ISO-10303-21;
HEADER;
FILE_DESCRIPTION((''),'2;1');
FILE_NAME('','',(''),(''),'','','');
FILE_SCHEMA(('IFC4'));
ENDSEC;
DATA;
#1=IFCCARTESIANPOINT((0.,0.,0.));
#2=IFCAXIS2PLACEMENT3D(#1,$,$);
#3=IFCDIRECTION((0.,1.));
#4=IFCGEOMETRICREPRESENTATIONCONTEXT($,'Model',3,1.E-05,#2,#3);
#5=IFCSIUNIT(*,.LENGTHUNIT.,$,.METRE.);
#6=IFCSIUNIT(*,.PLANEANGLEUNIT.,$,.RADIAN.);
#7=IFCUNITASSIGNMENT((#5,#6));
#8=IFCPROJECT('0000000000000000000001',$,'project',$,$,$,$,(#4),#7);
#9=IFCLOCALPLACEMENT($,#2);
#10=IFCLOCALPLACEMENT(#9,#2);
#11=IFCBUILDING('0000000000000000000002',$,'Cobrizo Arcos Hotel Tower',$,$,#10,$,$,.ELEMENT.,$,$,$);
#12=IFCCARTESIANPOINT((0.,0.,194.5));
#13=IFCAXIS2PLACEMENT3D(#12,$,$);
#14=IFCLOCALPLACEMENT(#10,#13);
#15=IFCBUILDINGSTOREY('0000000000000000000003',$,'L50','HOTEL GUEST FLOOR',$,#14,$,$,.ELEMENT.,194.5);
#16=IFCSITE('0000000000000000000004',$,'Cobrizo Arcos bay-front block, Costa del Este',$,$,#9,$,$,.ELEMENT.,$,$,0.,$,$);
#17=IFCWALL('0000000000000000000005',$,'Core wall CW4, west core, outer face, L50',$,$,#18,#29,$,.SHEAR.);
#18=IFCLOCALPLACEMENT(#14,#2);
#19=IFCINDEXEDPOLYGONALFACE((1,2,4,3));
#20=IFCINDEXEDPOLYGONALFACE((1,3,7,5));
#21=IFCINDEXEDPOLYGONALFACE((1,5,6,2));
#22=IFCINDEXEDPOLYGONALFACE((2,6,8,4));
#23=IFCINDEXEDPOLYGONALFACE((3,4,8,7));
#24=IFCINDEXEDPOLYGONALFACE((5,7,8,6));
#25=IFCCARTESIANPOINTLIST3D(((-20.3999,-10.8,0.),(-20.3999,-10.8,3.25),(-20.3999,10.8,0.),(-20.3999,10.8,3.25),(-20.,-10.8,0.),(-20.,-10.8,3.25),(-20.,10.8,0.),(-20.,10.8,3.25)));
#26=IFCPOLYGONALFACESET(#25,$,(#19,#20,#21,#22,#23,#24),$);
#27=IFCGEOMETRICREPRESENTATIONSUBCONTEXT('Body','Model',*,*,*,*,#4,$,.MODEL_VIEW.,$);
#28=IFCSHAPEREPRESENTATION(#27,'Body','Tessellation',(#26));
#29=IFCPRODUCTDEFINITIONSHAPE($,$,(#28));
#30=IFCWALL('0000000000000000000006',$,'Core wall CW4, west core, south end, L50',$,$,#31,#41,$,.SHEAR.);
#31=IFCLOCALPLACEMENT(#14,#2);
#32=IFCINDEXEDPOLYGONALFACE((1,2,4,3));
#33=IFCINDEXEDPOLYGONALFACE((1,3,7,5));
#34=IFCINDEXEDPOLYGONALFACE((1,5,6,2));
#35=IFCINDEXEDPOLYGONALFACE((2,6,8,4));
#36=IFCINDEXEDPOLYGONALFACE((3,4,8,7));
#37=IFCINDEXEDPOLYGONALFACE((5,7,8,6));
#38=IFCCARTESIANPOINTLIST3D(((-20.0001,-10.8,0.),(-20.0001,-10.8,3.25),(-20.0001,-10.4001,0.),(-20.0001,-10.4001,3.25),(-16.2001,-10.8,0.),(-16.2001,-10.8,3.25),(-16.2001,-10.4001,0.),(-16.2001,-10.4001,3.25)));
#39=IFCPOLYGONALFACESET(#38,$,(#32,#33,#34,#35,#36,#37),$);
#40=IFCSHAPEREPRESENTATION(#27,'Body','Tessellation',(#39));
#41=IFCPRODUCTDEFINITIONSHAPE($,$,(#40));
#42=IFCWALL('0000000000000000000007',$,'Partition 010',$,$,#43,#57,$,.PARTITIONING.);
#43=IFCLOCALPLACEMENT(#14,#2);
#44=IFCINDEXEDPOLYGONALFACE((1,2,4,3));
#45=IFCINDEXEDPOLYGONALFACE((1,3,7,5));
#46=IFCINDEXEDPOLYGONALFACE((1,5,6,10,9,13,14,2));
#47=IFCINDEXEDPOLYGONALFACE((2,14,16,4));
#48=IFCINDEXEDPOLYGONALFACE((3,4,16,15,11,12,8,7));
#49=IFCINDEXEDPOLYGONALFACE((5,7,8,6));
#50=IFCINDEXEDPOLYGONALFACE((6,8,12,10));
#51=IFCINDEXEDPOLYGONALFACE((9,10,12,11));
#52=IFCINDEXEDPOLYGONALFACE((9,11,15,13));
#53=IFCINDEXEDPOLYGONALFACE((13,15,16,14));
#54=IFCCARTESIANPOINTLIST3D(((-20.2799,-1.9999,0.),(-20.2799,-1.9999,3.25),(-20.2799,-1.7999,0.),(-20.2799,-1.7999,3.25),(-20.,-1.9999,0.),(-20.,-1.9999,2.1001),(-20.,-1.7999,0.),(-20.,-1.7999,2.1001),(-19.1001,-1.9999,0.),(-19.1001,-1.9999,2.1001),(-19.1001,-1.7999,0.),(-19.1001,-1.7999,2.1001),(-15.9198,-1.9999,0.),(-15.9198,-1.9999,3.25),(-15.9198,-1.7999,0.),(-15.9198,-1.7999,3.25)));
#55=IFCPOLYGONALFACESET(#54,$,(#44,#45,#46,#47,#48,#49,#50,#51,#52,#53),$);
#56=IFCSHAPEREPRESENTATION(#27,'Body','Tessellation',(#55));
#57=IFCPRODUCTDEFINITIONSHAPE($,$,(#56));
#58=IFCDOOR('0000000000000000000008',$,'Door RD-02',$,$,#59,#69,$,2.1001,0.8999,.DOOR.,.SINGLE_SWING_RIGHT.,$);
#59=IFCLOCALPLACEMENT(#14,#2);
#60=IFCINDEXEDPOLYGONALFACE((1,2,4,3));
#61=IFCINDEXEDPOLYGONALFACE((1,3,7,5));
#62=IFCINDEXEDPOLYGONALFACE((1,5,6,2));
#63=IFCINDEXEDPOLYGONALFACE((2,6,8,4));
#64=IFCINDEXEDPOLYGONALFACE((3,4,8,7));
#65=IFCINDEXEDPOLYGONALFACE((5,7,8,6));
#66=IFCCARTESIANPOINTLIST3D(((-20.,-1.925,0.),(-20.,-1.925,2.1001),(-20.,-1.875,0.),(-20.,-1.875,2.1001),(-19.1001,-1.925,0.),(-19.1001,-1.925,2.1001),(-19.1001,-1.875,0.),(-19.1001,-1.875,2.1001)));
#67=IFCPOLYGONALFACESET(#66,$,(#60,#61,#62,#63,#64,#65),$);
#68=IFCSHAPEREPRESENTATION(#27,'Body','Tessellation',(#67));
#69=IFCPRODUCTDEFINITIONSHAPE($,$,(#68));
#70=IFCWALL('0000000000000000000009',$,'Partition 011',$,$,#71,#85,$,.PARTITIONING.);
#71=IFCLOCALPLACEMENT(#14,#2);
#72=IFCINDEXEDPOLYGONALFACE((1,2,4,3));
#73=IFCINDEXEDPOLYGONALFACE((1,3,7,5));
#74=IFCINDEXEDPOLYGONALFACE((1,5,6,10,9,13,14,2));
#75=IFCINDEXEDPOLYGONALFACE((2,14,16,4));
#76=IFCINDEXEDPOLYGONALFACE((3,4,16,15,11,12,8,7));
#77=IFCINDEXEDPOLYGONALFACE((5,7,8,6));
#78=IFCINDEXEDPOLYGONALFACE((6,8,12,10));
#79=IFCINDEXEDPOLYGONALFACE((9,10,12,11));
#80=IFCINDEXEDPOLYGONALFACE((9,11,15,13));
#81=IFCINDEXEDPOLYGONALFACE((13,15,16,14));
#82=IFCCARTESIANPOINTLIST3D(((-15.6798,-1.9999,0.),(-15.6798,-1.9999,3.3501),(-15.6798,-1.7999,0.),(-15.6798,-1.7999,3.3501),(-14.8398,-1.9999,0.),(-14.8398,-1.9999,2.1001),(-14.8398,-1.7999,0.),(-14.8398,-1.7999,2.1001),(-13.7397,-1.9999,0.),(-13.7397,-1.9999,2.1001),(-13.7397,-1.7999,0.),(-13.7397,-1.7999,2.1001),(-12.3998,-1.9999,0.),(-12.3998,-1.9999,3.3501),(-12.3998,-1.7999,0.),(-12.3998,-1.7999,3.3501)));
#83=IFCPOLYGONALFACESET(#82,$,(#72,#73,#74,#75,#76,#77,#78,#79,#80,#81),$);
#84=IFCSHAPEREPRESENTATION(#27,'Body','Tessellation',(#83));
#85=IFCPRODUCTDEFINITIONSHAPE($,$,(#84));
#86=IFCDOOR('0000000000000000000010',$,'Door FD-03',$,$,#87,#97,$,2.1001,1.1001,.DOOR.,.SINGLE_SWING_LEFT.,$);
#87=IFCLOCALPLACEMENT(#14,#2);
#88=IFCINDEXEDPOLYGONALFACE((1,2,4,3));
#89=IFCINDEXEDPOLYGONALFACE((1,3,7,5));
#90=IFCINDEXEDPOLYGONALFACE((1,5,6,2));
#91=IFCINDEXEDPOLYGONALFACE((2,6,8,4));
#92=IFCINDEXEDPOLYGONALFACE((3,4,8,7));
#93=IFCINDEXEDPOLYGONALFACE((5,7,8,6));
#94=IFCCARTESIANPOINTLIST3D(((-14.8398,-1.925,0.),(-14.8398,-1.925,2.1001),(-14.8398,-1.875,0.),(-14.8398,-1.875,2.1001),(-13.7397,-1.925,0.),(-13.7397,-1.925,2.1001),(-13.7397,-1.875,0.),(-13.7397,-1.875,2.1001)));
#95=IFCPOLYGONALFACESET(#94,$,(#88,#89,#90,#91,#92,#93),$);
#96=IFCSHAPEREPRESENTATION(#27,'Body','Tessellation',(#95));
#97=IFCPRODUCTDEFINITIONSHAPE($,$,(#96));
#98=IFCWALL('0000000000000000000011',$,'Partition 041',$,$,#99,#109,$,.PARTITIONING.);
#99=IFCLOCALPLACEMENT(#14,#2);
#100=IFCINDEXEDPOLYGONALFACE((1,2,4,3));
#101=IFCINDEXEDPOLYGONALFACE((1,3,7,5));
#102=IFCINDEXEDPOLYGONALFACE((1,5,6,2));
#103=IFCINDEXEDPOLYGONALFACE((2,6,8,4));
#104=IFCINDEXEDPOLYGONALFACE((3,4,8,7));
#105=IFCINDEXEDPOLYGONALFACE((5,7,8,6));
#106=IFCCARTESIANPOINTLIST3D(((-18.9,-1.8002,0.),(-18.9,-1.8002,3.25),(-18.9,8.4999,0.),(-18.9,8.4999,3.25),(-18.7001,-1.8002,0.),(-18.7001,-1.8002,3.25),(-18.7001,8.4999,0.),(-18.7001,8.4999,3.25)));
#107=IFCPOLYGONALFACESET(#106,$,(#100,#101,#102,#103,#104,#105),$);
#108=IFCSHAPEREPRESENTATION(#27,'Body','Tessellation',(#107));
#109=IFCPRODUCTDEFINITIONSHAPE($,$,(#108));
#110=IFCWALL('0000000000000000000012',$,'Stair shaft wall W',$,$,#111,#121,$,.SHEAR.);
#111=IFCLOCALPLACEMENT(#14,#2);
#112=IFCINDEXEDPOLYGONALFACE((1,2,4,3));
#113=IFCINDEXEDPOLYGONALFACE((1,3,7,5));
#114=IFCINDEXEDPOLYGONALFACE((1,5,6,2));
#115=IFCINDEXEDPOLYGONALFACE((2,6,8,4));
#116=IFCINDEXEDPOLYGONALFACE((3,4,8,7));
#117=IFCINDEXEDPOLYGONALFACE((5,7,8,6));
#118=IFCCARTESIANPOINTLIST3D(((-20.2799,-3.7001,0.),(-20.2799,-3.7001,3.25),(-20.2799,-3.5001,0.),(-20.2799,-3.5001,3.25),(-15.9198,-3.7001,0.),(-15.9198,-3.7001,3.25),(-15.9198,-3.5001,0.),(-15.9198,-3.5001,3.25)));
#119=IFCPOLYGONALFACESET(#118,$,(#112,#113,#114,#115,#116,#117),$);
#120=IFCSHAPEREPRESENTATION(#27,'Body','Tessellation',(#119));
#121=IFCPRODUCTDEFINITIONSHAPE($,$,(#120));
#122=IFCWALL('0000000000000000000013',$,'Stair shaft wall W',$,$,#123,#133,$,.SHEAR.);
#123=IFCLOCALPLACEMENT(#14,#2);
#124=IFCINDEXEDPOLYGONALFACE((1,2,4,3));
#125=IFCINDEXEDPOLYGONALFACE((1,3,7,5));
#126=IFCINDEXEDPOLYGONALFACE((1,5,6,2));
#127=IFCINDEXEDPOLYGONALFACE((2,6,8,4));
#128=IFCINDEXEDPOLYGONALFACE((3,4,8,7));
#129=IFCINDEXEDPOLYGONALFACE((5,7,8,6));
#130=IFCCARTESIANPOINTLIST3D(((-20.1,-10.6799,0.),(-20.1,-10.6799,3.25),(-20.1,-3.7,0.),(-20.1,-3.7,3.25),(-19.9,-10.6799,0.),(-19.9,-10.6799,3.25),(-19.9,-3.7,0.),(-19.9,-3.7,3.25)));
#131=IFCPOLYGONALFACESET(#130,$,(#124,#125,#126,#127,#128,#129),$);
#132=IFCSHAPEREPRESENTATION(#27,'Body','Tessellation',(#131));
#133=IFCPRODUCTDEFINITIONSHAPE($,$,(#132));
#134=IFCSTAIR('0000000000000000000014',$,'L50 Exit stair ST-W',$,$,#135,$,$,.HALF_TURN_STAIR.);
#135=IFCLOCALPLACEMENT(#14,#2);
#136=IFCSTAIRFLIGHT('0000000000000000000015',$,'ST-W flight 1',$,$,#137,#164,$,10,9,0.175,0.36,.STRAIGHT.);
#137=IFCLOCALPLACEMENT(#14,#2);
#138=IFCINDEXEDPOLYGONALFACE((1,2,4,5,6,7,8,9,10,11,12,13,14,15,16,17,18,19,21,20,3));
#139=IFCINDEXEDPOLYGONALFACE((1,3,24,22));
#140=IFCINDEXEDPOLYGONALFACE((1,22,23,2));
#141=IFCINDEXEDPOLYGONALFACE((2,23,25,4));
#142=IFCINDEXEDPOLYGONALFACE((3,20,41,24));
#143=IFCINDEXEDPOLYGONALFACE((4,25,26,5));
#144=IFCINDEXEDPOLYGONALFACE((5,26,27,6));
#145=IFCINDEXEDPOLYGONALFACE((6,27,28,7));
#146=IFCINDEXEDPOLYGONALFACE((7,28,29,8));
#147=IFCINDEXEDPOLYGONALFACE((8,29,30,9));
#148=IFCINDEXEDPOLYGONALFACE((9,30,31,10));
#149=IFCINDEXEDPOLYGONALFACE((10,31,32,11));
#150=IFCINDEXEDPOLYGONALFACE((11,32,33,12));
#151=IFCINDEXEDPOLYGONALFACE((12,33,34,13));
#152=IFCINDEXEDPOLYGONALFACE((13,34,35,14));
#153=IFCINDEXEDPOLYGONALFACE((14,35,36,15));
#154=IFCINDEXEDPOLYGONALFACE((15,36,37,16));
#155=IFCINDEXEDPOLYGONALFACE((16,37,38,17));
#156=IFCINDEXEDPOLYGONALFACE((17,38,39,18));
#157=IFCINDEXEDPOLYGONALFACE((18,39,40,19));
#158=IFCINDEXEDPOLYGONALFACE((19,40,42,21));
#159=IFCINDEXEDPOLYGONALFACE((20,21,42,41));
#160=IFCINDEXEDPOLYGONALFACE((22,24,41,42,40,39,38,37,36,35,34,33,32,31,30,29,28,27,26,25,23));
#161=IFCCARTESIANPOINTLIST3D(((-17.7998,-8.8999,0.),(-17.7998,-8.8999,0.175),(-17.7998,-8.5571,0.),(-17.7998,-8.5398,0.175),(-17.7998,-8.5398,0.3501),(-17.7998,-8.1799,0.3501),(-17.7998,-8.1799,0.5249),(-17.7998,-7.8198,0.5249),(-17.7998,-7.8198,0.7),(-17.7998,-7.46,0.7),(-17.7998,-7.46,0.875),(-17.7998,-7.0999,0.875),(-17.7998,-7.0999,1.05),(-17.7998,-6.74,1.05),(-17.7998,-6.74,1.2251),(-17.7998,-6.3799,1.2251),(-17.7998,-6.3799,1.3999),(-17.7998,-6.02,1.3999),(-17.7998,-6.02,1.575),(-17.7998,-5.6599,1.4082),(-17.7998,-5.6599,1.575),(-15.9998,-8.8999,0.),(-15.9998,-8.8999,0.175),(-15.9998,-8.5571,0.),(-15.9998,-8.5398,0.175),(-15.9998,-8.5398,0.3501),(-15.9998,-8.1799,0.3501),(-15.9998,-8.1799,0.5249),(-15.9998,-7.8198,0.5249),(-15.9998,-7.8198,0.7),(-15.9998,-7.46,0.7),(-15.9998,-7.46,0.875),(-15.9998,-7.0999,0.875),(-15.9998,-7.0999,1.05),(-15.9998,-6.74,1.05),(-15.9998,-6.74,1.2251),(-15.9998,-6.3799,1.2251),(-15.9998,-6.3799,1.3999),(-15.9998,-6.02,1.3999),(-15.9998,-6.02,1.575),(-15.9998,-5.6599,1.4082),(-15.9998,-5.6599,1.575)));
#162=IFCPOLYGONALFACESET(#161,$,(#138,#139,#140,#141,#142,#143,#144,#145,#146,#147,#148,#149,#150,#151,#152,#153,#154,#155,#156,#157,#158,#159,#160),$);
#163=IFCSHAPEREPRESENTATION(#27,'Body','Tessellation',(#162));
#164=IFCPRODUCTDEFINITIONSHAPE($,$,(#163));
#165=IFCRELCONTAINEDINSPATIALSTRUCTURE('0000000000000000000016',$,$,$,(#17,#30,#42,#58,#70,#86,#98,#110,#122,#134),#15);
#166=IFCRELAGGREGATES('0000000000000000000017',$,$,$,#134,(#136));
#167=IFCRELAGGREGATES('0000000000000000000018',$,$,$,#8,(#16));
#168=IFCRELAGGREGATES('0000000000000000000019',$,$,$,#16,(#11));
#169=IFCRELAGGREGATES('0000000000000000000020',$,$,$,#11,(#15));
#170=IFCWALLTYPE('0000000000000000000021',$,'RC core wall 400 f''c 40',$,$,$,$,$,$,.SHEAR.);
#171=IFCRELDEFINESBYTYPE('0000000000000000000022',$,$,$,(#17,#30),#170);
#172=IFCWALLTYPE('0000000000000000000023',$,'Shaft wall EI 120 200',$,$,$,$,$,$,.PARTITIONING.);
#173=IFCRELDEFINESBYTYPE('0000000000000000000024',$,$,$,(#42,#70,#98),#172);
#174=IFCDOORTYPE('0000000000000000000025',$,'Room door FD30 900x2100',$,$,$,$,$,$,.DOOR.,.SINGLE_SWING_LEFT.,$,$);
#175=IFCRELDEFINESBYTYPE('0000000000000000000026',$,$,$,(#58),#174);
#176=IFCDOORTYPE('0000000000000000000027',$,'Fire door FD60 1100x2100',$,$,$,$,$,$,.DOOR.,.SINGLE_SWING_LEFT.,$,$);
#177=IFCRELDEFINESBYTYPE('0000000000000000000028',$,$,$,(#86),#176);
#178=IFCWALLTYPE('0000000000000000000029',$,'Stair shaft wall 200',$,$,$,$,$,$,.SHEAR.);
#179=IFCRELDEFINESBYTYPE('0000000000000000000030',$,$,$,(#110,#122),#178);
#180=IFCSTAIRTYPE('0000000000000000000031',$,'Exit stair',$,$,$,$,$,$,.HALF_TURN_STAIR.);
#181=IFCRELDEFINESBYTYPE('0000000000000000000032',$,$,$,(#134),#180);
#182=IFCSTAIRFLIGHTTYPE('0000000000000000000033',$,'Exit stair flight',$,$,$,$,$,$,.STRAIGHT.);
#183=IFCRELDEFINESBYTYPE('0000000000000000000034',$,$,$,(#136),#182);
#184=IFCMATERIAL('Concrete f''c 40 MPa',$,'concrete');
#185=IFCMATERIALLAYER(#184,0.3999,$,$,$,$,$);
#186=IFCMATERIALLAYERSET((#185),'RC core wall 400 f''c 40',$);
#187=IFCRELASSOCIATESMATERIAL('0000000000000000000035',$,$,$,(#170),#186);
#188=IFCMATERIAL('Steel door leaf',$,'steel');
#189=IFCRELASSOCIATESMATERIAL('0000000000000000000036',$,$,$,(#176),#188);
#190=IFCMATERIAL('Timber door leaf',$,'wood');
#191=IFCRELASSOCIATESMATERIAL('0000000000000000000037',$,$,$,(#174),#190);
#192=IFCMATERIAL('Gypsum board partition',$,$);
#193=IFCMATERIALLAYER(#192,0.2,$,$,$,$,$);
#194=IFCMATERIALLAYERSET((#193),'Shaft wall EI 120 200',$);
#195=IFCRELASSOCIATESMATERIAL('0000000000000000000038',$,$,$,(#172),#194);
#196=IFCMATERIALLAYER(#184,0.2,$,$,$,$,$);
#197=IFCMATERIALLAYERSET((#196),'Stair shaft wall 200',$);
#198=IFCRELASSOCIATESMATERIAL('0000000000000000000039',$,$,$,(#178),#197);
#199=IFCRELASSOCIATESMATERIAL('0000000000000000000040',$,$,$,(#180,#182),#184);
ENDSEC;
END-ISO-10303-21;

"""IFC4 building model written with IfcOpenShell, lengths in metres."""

from ifc_helpers import new_model, si_unit, direction, frame, frame_2d, origin, place, context, subcontext, project, spatial, polyline, rectangle, outline, extrude, material, layer, layer_set, type_object, element, fill, aggregate, save


model = new_model("IFC4")

# Units and contexts
model_context = context("Model", 3, precision=1e-05, world=origin(), true_north=direction((0.0, 1.0)))
body_context = subcontext(model_context, "Body", "Model", "MODEL_VIEW")
ifc_project = project(units=[si_unit("LENGTHUNIT", "METRE"), si_unit("PLANEANGLEUNIT", "RADIAN")], contexts=[model_context])

# Site, building, storey
site_placement = place(None, origin())
site = spatial("IfcSite", under=ifc_project, at=site_placement, Name="Cobrizo Arcos bay-front block, Costa del Este", CompositionType="ELEMENT", RefElevation=0.0)
building_placement = place(site_placement, origin())
building = spatial("IfcBuilding", under=site, at=building_placement, Name="Cobrizo Arcos Hotel Tower", CompositionType="ELEMENT")
storey_placement = place(building_placement, frame((0.0, 0.0, 194.5)))
storey = spatial("IfcBuildingStorey", under=building, at=storey_placement, Name="L50", Description="HOTEL GUEST FLOOR", CompositionType="ELEMENT", Elevation=194.5)

# Shared definitions
ifc_material_1 = material(Name="Concrete f'c 40 MPa", Category="concrete")
ifc_layer_1 = layer(ifc_material_1, 0.3999)
ifc_layer_set_1 = layer_set([ifc_layer_1], Name="RC core wall 400 f'c 40")
wall_type_1 = type_object("IfcWallType", Name="RC core wall 400 f'c 40", PredefinedType="SHEAR", material=ifc_layer_set_1)
ifc_material_2 = material(Name="Steel door leaf", Category="steel")
door_type_1 = type_object("IfcDoorType", Name="Fire door FD60 1100x2100", OperationType="SINGLE_SWING_LEFT", PredefinedType="DOOR", material=ifc_material_2)
ifc_material_3 = material(Name="Timber door leaf", Category="wood")
door_type_2 = type_object("IfcDoorType", Name="Room door FD30 900x2100", OperationType="SINGLE_SWING_LEFT", PredefinedType="DOOR", material=ifc_material_3)

# Walls
wall_1_placement = place(storey_placement, frame((-20.2, -10.8, 0.0), z_axis=(0.0, 0.0, 1.0), x_axis=(0.0, 1.0, 0.0)))
element("IfcWall", 1, at=wall_1_placement, inside=storey, type_object=wall_type_1, Name="Core wall CW4, west core, outer face, L50", PredefinedType="SHEAR", context=body_context, shape_type="SweptSolid", body=[
    extrude(rectangle(XDim=21.6001, YDim=0.3999, at=frame_2d((10.8, 0.0))), origin(), (0.0, 0.0, 1.0), 3.25),
])
wall_2_placement = place(storey_placement, frame((-20.0, -10.6001, 0.0), z_axis=(0.0, 0.0, 1.0), x_axis=(1.0, 0.0, 0.0)))
element("IfcWall", 2, at=wall_2_placement, inside=storey, type_object=wall_type_1, Name="Core wall CW4, west core, south end, L50", PredefinedType="SHEAR", context=body_context, shape_type="SweptSolid", body=[
    extrude(rectangle(XDim=3.8, YDim=0.3999, at=frame_2d((1.8999, 0.0))), origin(), (0.0, 0.0, 1.0), 3.25),
])

# Walls, openings, doors
ifc_material_4 = material(Name="Gypsum board partition")
ifc_layer_2 = layer(ifc_material_4, 0.2)
ifc_layer_set_2 = layer_set([ifc_layer_2], Name="Shaft wall EI 120 200")
wall_type_2 = type_object("IfcWallType", Name="Shaft wall EI 120 200", PredefinedType="PARTITIONING", material=ifc_layer_set_2)
wall_3_placement = place(storey_placement, frame((-20.28, -1.8999, 0.0), z_axis=(0.0, 0.0, 1.0), x_axis=(1.0, 0.0, 0.0)))
wall_3 = element("IfcWall", 3, at=wall_3_placement, inside=storey, type_object=wall_type_2, Name="Partition 010", PredefinedType="PARTITIONING", context=body_context, shape_type="SweptSolid", body=[
    extrude(rectangle(XDim=4.3601, YDim=0.2, at=frame_2d((2.1802, 0.0))), origin(), (0.0, 0.0, 1.0), 3.25),
])
opening_1_placement = place(wall_3_placement, frame((0.28, 0.0, 0.0)))
opening_1 = element("IfcOpeningElement", 4, at=opening_1_placement, cuts=wall_3, PredefinedType="OPENING", context=body_context, shape_type="SweptSolid", body=[
    extrude(rectangle(XDim=0.8999, YDim=2.1001, at=frame_2d((0.45, 1.05))), frame((0.0, 0.1121, 0.0), z_axis=(0.0, -1.0, 0.0), x_axis=(1.0, 0.0, 0.0)), (0.0, 0.0, 1.0), 0.2239),
])
door_1_placement = place(opening_1_placement, origin())
door_1 = element("IfcDoor", 5, at=door_1_placement, inside=storey, type_object=door_type_2, Name="Door RD-02", OperationType="SINGLE_SWING_RIGHT", OverallHeight=2.1001, OverallWidth=0.8999, PredefinedType="DOOR", context=body_context, shape_type="SweptSolid", body=[
    extrude(rectangle(XDim=0.8999, YDim=2.1001, at=frame_2d((0.45, 1.05))), frame((0.0, 0.0249, 0.0), z_axis=(0.0, -1.0, 0.0), x_axis=(1.0, 0.0, 0.0)), (0.0, 0.0, 1.0), 0.05),
])
fill(opening_1, door_1)
wall_4_placement = place(storey_placement, frame((-15.6799, -1.8999, 0.0), z_axis=(0.0, 0.0, 1.0), x_axis=(1.0, 0.0, 0.0)))
wall_4 = element("IfcWall", 6, at=wall_4_placement, inside=storey, type_object=wall_type_2, Name="Partition 011", PredefinedType="PARTITIONING", context=body_context, shape_type="SweptSolid", body=[
    extrude(rectangle(XDim=3.28, YDim=0.2, at=frame_2d((1.6401, 0.0))), origin(), (0.0, 0.0, 1.0), 3.3501),
])
opening_2_placement = place(wall_4_placement, frame((0.8401, 0.0, 0.0)))
opening_2 = element("IfcOpeningElement", 7, at=opening_2_placement, cuts=wall_4, PredefinedType="OPENING", context=body_context, shape_type="SweptSolid", body=[
    extrude(rectangle(XDim=1.1001, YDim=2.1001, at=frame_2d((0.55, 1.05))), frame((0.0, 0.1121, 0.0), z_axis=(0.0, -1.0, 0.0), x_axis=(1.0, 0.0, 0.0)), (0.0, 0.0, 1.0), 0.2239),
])
door_2_placement = place(opening_2_placement, origin())
door_2 = element("IfcDoor", 8, at=door_2_placement, inside=storey, type_object=door_type_1, Name="Door FD-03", OperationType="SINGLE_SWING_LEFT", OverallHeight=2.1001, OverallWidth=1.1001, PredefinedType="DOOR", context=body_context, shape_type="SweptSolid", body=[
    extrude(rectangle(XDim=1.1001, YDim=2.1001, at=frame_2d((0.55, 1.05))), frame((0.0, 0.0249, 0.0), z_axis=(0.0, -1.0, 0.0), x_axis=(1.0, 0.0, 0.0)), (0.0, 0.0, 1.0), 0.05),
])
fill(opening_2, door_2)

# Walls
wall_5_placement = place(storey_placement, frame((-18.8, -1.8, 0.0), z_axis=(0.0, 0.0, 1.0), x_axis=(0.0, 1.0, 0.0)))
element("IfcWall", 9, at=wall_5_placement, inside=storey, type_object=wall_type_2, Name="Partition 041", PredefinedType="PARTITIONING", context=body_context, shape_type="SweptSolid", body=[
    extrude(rectangle(XDim=10.3, YDim=0.2, at=frame_2d((5.1499, 0.0))), origin(), (0.0, 0.0, 1.0), 3.25),
])
ifc_layer_3 = layer(ifc_material_1, 0.2)
ifc_layer_set_3 = layer_set([ifc_layer_3], Name="Stair shaft wall 200")
wall_type_3 = type_object("IfcWallType", Name="Stair shaft wall 200", PredefinedType="SHEAR", material=ifc_layer_set_3)
wall_6_placement = place(storey_placement, frame((-20.28, -3.6001, 0.0), z_axis=(0.0, 0.0, 1.0), x_axis=(1.0, 0.0, 0.0)))
element("IfcWall", 10, at=wall_6_placement, inside=storey, type_object=wall_type_3, Name="Stair shaft wall W", PredefinedType="SHEAR", context=body_context, shape_type="SweptSolid", body=[
    extrude(rectangle(XDim=4.3601, YDim=0.2, at=frame_2d((2.1802, 0.0))), origin(), (0.0, 0.0, 1.0), 3.25),
])
wall_7_placement = place(storey_placement, frame((-20.0, -10.6799, 0.0), z_axis=(0.0, 0.0, 1.0), x_axis=(0.0, 1.0, 0.0)))
element("IfcWall", 11, at=wall_7_placement, inside=storey, type_object=wall_type_3, Name="Stair shaft wall W", PredefinedType="SHEAR", context=body_context, shape_type="SweptSolid", body=[
    extrude(rectangle(XDim=6.98, YDim=0.2, at=frame_2d((3.49, 0.0))), origin(), (0.0, 0.0, 1.0), 3.25),
])

# Stair, stair flight
stair_type = type_object("IfcStairType", Name="Exit stair", PredefinedType="HALF_TURN_STAIR", material=ifc_material_1)
stair_placement = place(storey_placement, origin())
stair = element("IfcStair", 12, at=stair_placement, inside=storey, type_object=stair_type, Name="L50 Exit stair ST-W", PredefinedType="HALF_TURN_STAIR")
stair_flight_type = type_object("IfcStairFlightType", Name="Exit stair flight", PredefinedType="STRAIGHT", material=ifc_material_1)
stair_flight_1_placement = place(storey_placement, frame((-16.8999, -8.8999, 0.0), z_axis=(0.0, 0.0, 1.0), x_axis=(0.0, 1.0, 0.0)))
stair_flight_1 = element("IfcStairFlight", 13, at=stair_flight_1_placement, type_object=stair_flight_type, Name="ST-W flight 1", NumberOfRisers=10, NumberOfTreads=9, PredefinedType="STRAIGHT", RiserHeight=0.175, TreadLength=0.36, context=body_context, shape_type="SweptSolid", body=[
    extrude(outline(polyline([(0.0, 0.0), (0.0, 0.175), (0.3601, 0.175), (0.3601, 0.3501), (0.72, 0.3501), (0.72, 0.5249), (1.0801, 0.5249), (1.0801, 0.7), (1.4399, 0.7), (1.4399, 0.875), (1.8, 0.875), (1.8, 1.05), (2.1599, 1.05), (2.1599, 1.2251), (2.52, 1.2251), (2.52, 1.3999), (2.8799, 1.3999), (2.8799, 1.575), (3.24, 1.575), (3.24, 1.75), (3.24, 1.4082), (0.3428, 0.0), (0.0, 0.0)])), frame((0.0, 0.8999, 0.0), z_axis=(0.0, -1.0, 0.0), x_axis=(1.0, 0.0, 0.0)), (0.0, 0.0, 1.0), 1.8),
])
aggregate(stair, [stair_flight_1])

save(model, "model.ifc")
